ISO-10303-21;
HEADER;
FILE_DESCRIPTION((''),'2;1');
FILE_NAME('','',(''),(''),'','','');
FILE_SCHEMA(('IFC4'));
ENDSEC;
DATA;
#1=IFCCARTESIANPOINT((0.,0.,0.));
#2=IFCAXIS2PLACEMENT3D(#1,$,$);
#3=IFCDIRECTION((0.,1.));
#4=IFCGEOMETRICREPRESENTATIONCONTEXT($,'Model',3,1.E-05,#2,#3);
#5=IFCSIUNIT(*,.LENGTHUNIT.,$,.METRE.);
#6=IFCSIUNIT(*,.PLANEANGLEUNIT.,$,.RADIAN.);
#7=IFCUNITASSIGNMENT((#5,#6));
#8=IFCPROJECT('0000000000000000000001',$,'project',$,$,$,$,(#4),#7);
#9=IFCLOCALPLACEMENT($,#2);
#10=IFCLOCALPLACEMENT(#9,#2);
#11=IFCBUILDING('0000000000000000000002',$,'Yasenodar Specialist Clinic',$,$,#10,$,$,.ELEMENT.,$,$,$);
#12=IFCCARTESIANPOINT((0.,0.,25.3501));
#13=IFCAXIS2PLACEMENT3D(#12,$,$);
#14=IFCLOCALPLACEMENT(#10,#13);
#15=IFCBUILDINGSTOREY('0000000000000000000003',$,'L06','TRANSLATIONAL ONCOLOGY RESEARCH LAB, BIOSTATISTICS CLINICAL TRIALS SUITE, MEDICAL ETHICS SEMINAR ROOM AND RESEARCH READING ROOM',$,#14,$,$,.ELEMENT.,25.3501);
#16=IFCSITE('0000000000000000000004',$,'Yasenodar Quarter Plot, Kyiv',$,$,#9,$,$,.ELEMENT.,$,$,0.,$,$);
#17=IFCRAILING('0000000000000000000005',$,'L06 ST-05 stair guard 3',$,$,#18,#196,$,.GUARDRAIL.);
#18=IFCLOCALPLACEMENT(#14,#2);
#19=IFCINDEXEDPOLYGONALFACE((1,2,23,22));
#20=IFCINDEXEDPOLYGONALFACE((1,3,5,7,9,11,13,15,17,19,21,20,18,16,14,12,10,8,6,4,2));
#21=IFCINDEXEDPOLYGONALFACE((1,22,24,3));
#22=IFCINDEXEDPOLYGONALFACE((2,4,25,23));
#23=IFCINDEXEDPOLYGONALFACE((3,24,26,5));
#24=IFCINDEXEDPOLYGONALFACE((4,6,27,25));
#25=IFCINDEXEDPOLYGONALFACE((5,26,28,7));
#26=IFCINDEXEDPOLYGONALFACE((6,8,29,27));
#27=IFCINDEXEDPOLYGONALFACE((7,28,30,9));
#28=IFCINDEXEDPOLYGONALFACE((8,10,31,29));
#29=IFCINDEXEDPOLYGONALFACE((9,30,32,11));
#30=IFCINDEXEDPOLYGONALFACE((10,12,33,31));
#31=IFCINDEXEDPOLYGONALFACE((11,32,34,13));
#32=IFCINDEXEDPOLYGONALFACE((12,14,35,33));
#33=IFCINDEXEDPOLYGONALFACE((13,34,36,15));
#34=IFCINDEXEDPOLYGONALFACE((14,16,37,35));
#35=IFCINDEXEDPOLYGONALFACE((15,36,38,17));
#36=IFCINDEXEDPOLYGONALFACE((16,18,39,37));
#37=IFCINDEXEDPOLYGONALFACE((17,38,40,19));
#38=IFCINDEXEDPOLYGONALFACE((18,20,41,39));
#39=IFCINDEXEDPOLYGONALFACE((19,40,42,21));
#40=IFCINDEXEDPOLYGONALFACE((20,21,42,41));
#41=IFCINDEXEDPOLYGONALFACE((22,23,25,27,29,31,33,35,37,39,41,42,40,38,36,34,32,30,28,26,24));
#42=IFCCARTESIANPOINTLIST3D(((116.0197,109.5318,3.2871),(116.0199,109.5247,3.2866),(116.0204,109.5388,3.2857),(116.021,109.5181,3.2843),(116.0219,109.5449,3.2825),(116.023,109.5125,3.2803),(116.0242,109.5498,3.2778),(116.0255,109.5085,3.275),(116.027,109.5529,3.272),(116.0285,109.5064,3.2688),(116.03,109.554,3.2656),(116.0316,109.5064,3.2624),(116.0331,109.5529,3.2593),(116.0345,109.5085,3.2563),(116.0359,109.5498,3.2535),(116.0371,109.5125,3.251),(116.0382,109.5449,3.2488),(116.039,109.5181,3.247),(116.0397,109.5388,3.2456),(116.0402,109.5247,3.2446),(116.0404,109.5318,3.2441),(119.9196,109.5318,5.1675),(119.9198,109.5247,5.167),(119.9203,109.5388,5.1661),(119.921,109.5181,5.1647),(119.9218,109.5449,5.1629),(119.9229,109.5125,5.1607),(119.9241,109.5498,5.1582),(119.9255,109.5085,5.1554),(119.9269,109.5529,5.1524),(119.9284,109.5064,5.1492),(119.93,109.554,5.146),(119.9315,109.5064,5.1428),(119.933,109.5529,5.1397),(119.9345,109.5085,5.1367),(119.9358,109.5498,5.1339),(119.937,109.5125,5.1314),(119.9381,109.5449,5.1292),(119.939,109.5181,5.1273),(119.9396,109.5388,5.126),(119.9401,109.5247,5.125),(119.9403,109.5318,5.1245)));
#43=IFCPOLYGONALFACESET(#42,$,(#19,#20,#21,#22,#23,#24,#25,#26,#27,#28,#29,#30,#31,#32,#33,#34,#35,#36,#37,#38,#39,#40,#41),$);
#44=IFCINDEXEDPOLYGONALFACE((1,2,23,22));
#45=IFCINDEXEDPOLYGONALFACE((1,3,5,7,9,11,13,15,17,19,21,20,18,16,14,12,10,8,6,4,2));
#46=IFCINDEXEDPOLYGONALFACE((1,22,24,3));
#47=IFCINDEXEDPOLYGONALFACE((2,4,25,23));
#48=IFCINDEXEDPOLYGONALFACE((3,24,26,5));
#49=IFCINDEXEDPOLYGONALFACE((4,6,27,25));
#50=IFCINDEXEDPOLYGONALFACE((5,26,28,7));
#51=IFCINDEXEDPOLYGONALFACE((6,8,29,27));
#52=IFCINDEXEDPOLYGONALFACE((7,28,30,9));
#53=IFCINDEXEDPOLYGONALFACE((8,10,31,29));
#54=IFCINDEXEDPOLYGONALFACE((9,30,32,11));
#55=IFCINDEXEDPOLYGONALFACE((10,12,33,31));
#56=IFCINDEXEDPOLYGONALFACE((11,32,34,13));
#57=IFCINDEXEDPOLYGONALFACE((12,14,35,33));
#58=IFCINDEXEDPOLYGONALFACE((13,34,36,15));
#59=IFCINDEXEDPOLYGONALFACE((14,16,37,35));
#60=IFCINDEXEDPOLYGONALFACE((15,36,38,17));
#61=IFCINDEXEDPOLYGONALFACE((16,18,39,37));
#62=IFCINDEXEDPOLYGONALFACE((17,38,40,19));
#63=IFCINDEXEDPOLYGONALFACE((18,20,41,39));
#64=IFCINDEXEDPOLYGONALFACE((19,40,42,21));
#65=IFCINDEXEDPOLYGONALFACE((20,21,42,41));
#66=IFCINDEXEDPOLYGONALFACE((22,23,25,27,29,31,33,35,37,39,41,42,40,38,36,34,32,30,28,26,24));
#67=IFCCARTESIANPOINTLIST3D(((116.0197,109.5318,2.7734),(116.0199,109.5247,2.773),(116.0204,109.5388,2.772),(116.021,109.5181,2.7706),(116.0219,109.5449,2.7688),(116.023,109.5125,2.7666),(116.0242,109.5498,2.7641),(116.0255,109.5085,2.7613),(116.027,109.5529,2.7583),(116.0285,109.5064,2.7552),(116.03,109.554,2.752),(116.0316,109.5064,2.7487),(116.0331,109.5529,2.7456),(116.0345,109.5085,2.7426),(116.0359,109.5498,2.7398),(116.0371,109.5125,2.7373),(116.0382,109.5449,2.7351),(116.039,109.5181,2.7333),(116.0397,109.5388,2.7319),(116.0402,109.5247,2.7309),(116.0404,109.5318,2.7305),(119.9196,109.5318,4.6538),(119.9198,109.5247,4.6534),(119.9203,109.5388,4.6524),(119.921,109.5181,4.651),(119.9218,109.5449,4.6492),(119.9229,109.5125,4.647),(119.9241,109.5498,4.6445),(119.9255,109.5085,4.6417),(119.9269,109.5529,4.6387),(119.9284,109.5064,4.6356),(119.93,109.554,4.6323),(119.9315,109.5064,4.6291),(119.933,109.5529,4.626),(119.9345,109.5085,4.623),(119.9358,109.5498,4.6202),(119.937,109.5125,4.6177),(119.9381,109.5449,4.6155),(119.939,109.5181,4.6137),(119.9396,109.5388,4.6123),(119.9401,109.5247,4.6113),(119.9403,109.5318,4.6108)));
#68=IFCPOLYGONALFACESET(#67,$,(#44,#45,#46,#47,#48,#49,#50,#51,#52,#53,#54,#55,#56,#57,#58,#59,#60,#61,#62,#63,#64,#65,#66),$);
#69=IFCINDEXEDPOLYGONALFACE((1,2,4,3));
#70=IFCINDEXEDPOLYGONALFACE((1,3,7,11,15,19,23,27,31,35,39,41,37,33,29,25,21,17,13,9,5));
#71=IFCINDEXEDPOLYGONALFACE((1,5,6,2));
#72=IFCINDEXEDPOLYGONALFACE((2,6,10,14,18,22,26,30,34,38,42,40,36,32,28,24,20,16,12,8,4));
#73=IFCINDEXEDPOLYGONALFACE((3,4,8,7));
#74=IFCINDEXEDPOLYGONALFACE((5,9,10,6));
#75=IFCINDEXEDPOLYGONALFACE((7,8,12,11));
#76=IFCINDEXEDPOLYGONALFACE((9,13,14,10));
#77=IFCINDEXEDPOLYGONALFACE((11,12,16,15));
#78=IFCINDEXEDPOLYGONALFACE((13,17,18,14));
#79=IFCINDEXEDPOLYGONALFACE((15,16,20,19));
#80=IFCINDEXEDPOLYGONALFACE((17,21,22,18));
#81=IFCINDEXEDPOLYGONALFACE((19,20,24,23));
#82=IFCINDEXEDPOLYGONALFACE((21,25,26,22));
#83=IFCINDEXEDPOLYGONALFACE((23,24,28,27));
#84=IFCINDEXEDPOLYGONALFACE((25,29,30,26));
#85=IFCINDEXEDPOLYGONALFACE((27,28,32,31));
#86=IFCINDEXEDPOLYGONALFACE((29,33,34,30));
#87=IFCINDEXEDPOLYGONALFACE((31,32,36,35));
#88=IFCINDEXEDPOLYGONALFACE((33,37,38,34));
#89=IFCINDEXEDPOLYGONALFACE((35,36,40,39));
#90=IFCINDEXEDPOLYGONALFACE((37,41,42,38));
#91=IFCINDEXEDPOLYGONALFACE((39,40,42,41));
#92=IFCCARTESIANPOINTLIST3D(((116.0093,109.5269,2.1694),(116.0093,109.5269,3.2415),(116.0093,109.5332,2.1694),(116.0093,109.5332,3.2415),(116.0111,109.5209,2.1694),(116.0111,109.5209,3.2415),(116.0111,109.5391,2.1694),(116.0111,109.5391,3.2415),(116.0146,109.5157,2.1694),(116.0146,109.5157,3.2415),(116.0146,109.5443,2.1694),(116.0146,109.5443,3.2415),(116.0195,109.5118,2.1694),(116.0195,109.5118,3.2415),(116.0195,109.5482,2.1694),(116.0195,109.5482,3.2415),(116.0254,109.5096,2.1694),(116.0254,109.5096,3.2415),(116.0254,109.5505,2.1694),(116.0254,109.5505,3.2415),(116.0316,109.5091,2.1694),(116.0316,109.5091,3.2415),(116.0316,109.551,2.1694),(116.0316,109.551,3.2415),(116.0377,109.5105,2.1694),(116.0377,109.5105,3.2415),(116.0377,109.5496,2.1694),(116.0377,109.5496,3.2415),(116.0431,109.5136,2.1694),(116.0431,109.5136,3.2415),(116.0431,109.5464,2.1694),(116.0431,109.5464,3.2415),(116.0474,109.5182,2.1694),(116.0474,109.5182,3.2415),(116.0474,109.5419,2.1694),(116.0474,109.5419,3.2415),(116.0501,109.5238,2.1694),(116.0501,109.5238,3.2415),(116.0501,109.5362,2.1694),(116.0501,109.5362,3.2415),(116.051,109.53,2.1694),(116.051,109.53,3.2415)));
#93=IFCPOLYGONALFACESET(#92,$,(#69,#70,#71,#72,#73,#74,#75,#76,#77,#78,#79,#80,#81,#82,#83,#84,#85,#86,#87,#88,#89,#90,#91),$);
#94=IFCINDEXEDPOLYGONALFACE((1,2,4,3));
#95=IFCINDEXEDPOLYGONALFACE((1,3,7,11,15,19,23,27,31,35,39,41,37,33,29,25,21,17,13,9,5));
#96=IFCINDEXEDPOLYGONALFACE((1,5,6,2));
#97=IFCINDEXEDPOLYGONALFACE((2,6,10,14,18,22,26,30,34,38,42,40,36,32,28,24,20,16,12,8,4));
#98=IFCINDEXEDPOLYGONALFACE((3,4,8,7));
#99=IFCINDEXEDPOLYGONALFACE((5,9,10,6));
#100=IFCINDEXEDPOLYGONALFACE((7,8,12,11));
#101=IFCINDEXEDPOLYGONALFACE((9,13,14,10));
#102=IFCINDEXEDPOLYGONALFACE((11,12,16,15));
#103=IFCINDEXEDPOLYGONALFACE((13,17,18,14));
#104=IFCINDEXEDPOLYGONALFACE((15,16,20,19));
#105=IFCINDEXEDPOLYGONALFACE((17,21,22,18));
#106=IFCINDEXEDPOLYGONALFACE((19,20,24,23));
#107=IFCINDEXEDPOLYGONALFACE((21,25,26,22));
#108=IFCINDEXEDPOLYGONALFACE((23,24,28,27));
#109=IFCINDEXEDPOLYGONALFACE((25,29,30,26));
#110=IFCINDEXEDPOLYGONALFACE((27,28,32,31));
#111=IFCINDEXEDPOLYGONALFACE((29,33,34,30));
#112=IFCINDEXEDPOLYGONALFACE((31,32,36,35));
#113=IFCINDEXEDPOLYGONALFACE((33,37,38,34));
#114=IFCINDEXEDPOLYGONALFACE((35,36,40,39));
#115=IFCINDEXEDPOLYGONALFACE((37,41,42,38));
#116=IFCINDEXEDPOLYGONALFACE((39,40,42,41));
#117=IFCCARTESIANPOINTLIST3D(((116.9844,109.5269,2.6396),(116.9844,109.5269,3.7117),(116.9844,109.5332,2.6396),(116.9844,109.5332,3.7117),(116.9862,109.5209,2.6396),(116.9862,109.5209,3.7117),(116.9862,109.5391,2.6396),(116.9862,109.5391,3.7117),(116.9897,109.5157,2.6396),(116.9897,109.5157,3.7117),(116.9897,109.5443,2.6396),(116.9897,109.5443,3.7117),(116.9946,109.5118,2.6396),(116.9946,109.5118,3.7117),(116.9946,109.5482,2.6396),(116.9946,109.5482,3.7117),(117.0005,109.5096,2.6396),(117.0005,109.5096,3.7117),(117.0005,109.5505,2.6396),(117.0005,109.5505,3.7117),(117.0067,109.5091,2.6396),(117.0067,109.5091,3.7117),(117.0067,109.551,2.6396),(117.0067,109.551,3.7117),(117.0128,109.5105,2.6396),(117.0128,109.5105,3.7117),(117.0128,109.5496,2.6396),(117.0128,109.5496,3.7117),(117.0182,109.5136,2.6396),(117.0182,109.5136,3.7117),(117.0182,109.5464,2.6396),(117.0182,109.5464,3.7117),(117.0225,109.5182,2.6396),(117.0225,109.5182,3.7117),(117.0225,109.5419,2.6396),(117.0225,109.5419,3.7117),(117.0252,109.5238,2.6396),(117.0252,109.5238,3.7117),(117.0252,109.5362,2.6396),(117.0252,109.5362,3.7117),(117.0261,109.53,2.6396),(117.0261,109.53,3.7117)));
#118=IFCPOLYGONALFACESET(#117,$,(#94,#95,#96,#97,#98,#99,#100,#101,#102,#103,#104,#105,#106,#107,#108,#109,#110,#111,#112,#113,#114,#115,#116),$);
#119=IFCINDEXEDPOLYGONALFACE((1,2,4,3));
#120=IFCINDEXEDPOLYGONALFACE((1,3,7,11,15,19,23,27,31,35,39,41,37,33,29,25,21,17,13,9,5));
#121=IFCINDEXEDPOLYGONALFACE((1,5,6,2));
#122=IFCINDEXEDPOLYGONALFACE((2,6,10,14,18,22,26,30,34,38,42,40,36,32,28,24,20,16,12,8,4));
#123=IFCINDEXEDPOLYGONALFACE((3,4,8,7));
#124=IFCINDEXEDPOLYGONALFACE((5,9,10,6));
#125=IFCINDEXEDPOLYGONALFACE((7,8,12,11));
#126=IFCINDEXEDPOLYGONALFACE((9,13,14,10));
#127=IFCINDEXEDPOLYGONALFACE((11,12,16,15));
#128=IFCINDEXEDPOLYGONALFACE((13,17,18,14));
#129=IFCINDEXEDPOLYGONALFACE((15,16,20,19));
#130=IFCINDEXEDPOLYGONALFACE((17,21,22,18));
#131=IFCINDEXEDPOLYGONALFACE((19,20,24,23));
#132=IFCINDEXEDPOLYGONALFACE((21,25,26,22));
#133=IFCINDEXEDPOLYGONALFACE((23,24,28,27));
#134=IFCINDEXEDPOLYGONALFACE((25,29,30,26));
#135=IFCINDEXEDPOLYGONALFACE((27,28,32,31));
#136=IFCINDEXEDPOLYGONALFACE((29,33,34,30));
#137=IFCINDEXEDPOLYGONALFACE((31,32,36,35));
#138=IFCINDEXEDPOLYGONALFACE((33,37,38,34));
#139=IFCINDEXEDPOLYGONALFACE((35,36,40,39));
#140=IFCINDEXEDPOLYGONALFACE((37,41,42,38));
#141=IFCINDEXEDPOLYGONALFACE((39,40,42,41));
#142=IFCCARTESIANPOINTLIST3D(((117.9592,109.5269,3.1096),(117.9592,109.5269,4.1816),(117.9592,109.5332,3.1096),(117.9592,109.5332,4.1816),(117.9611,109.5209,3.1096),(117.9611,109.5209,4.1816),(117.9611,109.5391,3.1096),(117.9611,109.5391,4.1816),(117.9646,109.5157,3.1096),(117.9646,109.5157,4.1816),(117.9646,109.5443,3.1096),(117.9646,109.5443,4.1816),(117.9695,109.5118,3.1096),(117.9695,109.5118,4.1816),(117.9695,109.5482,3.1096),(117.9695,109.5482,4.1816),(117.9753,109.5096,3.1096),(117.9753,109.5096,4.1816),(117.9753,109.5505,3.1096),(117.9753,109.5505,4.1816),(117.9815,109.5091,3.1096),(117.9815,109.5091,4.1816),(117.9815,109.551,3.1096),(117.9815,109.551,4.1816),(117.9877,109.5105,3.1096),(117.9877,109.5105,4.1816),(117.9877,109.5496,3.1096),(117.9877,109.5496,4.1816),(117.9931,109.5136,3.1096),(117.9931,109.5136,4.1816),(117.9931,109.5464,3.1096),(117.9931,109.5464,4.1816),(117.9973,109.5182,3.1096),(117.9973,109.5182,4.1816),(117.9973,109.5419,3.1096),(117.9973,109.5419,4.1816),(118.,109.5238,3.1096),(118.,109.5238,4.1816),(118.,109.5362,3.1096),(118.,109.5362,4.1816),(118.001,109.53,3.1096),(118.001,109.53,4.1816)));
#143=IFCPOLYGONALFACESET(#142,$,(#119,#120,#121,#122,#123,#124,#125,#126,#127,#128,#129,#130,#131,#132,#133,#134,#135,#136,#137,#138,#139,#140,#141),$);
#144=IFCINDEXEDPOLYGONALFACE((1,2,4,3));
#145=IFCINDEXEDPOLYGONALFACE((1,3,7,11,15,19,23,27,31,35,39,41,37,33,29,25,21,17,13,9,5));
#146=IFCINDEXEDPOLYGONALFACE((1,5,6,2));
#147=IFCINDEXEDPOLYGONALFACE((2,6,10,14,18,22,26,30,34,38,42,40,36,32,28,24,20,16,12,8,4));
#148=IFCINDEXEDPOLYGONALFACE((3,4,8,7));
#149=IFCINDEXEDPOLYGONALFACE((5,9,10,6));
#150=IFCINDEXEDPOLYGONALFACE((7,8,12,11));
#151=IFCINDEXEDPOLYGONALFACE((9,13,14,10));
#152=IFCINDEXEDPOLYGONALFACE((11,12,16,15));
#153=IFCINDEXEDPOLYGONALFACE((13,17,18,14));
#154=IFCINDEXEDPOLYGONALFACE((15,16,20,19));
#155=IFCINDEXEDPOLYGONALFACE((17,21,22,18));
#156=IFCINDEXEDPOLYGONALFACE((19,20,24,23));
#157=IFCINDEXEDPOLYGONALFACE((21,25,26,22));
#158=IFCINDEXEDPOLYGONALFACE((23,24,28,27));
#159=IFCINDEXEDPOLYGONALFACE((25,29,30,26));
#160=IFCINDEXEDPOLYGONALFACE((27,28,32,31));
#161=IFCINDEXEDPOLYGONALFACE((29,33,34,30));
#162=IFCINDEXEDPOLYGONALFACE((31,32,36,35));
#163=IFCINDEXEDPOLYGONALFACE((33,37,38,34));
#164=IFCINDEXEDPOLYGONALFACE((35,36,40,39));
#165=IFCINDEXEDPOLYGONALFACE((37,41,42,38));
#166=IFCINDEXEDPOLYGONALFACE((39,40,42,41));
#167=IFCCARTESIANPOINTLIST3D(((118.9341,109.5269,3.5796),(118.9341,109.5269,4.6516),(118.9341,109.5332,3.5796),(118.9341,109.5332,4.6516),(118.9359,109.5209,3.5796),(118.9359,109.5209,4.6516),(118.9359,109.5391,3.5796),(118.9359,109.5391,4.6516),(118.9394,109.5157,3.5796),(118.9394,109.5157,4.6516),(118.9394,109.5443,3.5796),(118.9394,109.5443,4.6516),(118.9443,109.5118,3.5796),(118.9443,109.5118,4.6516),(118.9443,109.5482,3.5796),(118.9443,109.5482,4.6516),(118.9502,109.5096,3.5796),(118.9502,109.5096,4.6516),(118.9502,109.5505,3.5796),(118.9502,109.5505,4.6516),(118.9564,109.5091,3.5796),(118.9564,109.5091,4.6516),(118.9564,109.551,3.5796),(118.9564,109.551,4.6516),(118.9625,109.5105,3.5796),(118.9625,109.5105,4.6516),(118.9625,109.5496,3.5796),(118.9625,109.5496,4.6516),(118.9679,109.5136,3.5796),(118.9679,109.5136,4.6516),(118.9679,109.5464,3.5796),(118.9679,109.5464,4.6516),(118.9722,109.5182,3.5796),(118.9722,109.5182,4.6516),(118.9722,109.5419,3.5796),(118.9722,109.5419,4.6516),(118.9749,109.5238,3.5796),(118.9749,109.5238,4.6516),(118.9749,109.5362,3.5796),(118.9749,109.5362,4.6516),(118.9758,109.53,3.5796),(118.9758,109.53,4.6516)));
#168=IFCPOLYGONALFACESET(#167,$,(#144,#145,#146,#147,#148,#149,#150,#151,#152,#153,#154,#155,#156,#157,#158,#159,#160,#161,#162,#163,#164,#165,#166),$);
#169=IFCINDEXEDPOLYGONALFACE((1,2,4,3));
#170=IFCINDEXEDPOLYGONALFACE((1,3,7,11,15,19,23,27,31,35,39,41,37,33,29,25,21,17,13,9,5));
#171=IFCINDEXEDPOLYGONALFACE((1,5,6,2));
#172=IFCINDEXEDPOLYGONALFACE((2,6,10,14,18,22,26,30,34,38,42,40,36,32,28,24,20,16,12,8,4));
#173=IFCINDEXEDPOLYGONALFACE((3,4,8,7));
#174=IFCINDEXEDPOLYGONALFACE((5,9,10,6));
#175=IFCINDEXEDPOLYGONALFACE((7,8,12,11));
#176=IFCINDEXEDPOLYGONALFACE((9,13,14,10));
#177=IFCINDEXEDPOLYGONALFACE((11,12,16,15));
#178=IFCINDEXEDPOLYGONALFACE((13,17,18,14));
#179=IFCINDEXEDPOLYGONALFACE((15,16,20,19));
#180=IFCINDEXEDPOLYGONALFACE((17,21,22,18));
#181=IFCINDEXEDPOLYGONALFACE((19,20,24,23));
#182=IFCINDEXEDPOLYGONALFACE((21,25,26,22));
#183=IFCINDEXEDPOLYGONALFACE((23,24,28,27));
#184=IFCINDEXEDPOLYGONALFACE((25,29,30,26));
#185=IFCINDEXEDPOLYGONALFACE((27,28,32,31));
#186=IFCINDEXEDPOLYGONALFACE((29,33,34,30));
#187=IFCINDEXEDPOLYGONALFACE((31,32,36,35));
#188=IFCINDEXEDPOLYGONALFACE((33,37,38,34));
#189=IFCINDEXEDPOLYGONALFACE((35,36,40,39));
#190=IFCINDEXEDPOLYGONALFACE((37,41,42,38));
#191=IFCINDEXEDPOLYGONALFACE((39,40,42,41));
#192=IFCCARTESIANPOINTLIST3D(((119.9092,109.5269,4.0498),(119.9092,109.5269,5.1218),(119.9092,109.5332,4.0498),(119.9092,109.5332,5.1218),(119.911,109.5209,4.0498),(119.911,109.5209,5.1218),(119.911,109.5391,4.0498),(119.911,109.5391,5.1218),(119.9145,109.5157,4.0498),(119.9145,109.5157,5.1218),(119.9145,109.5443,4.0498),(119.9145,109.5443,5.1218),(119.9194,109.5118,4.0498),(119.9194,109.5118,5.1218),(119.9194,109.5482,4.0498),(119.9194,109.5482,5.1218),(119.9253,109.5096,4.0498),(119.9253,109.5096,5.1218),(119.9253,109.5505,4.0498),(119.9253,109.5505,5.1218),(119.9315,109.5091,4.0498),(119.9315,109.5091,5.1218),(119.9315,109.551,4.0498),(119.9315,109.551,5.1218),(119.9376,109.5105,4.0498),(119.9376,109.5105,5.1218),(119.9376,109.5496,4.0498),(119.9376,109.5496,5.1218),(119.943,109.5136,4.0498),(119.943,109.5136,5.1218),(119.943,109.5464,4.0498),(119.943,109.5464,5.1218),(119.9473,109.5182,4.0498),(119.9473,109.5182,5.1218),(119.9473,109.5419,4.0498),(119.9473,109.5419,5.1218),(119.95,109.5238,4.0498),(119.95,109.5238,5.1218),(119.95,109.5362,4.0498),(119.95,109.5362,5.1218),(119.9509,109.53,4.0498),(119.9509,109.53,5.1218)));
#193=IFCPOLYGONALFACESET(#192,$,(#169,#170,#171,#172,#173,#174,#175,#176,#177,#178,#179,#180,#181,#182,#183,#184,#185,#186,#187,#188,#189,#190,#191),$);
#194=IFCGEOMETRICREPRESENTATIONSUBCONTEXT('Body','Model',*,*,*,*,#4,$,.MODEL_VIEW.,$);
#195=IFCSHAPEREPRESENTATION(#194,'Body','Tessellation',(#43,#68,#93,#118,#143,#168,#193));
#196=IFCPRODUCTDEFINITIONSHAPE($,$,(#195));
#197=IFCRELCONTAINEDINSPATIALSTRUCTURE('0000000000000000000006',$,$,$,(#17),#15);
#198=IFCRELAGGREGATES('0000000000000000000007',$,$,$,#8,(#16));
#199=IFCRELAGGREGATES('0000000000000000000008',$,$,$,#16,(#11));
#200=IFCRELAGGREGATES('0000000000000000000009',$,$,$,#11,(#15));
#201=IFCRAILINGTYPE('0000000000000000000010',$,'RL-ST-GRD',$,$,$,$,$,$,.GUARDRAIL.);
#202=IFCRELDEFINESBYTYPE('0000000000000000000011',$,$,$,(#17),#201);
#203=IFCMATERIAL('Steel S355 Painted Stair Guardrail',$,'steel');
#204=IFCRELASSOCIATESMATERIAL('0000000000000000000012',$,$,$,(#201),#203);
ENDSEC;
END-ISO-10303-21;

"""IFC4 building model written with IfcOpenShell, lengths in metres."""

from ifc_helpers import new_model, si_unit, direction, frame, origin, origin_2d, place, context, subcontext, project, spatial, circle, extrude, material, type_object, element, save


model = new_model("IFC4")

# Units and contexts
model_context = context("Model", 3, precision=1e-05, world=origin(), true_north=direction((0.0, 1.0)))
body_context = subcontext(model_context, "Body", "Model", "MODEL_VIEW")
ifc_project = project(units=[si_unit("LENGTHUNIT", "METRE"), si_unit("PLANEANGLEUNIT", "RADIAN")], contexts=[model_context])

# Site, building, storey
site_placement = place(None, origin())
site = spatial("IfcSite", under=ifc_project, at=site_placement, Name="Yasenodar Quarter Plot, Kyiv", CompositionType="ELEMENT", RefElevation=0.0)
building_placement = place(site_placement, origin())
building = spatial("IfcBuilding", under=site, at=building_placement, Name="Yasenodar Specialist Clinic", CompositionType="ELEMENT")
storey_placement = place(building_placement, frame((0.0, 0.0, 25.3501)))
storey = spatial("IfcBuildingStorey", under=building, at=storey_placement, Name="L06", Description="TRANSLATIONAL ONCOLOGY RESEARCH LAB, BIOSTATISTICS CLINICAL TRIALS SUITE, MEDICAL ETHICS SEMINAR ROOM AND RESEARCH READING ROOM", CompositionType="ELEMENT", Elevation=25.3501)

# Railing
ifc_material_1 = material(Name="Steel S355 Painted Stair Guardrail", Category="steel")
railing_type_1 = type_object("IfcRailingType", Name="RL-ST-GRD", PredefinedType="GUARDRAIL", material=ifc_material_1)
railing_1_placement = place(storey_placement, frame((116.03, 109.53, 2.1694)))
element("IfcRailing", 1, at=railing_1_placement, inside=storey, type_object=railing_type_1, Name="L06 ST-05 stair guard 3", PredefinedType="GUARDRAIL", context=body_context, shape_type="SweptSolid", body=[
    extrude(circle(Radius=0.0239, at=origin_2d()), frame((0.0, 0.0, 1.0962), z_axis=(0.900763, 0.0, 0.434311), x_axis=(0.0, 1.0, 0.0)), (0.0, 0.0, 1.0), 4.3296),
    extrude(circle(Radius=0.0239, at=origin_2d()), frame((0.0, 0.0, 0.5825), z_axis=(0.900763, 0.0, 0.434311), x_axis=(0.0, 1.0, 0.0)), (0.0, 0.0, 1.0), 4.3296),
    extrude(circle(Radius=0.021, at=origin_2d()), origin(), (0.0, 0.0, 1.0), 1.072),
    extrude(circle(Radius=0.021, at=origin_2d()), frame((0.9751, 0.0, 0.4702)), (0.0, 0.0, 1.0), 1.072),
    extrude(circle(Radius=0.021, at=origin_2d()), frame((1.95, 0.0, 0.9402)), (0.0, 0.0, 1.0), 1.072),
    extrude(circle(Radius=0.021, at=origin_2d()), frame((2.9248, 0.0, 1.4102)), (0.0, 0.0, 1.0), 1.072),
    extrude(circle(Radius=0.021, at=origin_2d()), frame((3.8999, 0.0, 1.8804)), (0.0, 0.0, 1.0), 1.072),
])

save(model, "model.ifc")
